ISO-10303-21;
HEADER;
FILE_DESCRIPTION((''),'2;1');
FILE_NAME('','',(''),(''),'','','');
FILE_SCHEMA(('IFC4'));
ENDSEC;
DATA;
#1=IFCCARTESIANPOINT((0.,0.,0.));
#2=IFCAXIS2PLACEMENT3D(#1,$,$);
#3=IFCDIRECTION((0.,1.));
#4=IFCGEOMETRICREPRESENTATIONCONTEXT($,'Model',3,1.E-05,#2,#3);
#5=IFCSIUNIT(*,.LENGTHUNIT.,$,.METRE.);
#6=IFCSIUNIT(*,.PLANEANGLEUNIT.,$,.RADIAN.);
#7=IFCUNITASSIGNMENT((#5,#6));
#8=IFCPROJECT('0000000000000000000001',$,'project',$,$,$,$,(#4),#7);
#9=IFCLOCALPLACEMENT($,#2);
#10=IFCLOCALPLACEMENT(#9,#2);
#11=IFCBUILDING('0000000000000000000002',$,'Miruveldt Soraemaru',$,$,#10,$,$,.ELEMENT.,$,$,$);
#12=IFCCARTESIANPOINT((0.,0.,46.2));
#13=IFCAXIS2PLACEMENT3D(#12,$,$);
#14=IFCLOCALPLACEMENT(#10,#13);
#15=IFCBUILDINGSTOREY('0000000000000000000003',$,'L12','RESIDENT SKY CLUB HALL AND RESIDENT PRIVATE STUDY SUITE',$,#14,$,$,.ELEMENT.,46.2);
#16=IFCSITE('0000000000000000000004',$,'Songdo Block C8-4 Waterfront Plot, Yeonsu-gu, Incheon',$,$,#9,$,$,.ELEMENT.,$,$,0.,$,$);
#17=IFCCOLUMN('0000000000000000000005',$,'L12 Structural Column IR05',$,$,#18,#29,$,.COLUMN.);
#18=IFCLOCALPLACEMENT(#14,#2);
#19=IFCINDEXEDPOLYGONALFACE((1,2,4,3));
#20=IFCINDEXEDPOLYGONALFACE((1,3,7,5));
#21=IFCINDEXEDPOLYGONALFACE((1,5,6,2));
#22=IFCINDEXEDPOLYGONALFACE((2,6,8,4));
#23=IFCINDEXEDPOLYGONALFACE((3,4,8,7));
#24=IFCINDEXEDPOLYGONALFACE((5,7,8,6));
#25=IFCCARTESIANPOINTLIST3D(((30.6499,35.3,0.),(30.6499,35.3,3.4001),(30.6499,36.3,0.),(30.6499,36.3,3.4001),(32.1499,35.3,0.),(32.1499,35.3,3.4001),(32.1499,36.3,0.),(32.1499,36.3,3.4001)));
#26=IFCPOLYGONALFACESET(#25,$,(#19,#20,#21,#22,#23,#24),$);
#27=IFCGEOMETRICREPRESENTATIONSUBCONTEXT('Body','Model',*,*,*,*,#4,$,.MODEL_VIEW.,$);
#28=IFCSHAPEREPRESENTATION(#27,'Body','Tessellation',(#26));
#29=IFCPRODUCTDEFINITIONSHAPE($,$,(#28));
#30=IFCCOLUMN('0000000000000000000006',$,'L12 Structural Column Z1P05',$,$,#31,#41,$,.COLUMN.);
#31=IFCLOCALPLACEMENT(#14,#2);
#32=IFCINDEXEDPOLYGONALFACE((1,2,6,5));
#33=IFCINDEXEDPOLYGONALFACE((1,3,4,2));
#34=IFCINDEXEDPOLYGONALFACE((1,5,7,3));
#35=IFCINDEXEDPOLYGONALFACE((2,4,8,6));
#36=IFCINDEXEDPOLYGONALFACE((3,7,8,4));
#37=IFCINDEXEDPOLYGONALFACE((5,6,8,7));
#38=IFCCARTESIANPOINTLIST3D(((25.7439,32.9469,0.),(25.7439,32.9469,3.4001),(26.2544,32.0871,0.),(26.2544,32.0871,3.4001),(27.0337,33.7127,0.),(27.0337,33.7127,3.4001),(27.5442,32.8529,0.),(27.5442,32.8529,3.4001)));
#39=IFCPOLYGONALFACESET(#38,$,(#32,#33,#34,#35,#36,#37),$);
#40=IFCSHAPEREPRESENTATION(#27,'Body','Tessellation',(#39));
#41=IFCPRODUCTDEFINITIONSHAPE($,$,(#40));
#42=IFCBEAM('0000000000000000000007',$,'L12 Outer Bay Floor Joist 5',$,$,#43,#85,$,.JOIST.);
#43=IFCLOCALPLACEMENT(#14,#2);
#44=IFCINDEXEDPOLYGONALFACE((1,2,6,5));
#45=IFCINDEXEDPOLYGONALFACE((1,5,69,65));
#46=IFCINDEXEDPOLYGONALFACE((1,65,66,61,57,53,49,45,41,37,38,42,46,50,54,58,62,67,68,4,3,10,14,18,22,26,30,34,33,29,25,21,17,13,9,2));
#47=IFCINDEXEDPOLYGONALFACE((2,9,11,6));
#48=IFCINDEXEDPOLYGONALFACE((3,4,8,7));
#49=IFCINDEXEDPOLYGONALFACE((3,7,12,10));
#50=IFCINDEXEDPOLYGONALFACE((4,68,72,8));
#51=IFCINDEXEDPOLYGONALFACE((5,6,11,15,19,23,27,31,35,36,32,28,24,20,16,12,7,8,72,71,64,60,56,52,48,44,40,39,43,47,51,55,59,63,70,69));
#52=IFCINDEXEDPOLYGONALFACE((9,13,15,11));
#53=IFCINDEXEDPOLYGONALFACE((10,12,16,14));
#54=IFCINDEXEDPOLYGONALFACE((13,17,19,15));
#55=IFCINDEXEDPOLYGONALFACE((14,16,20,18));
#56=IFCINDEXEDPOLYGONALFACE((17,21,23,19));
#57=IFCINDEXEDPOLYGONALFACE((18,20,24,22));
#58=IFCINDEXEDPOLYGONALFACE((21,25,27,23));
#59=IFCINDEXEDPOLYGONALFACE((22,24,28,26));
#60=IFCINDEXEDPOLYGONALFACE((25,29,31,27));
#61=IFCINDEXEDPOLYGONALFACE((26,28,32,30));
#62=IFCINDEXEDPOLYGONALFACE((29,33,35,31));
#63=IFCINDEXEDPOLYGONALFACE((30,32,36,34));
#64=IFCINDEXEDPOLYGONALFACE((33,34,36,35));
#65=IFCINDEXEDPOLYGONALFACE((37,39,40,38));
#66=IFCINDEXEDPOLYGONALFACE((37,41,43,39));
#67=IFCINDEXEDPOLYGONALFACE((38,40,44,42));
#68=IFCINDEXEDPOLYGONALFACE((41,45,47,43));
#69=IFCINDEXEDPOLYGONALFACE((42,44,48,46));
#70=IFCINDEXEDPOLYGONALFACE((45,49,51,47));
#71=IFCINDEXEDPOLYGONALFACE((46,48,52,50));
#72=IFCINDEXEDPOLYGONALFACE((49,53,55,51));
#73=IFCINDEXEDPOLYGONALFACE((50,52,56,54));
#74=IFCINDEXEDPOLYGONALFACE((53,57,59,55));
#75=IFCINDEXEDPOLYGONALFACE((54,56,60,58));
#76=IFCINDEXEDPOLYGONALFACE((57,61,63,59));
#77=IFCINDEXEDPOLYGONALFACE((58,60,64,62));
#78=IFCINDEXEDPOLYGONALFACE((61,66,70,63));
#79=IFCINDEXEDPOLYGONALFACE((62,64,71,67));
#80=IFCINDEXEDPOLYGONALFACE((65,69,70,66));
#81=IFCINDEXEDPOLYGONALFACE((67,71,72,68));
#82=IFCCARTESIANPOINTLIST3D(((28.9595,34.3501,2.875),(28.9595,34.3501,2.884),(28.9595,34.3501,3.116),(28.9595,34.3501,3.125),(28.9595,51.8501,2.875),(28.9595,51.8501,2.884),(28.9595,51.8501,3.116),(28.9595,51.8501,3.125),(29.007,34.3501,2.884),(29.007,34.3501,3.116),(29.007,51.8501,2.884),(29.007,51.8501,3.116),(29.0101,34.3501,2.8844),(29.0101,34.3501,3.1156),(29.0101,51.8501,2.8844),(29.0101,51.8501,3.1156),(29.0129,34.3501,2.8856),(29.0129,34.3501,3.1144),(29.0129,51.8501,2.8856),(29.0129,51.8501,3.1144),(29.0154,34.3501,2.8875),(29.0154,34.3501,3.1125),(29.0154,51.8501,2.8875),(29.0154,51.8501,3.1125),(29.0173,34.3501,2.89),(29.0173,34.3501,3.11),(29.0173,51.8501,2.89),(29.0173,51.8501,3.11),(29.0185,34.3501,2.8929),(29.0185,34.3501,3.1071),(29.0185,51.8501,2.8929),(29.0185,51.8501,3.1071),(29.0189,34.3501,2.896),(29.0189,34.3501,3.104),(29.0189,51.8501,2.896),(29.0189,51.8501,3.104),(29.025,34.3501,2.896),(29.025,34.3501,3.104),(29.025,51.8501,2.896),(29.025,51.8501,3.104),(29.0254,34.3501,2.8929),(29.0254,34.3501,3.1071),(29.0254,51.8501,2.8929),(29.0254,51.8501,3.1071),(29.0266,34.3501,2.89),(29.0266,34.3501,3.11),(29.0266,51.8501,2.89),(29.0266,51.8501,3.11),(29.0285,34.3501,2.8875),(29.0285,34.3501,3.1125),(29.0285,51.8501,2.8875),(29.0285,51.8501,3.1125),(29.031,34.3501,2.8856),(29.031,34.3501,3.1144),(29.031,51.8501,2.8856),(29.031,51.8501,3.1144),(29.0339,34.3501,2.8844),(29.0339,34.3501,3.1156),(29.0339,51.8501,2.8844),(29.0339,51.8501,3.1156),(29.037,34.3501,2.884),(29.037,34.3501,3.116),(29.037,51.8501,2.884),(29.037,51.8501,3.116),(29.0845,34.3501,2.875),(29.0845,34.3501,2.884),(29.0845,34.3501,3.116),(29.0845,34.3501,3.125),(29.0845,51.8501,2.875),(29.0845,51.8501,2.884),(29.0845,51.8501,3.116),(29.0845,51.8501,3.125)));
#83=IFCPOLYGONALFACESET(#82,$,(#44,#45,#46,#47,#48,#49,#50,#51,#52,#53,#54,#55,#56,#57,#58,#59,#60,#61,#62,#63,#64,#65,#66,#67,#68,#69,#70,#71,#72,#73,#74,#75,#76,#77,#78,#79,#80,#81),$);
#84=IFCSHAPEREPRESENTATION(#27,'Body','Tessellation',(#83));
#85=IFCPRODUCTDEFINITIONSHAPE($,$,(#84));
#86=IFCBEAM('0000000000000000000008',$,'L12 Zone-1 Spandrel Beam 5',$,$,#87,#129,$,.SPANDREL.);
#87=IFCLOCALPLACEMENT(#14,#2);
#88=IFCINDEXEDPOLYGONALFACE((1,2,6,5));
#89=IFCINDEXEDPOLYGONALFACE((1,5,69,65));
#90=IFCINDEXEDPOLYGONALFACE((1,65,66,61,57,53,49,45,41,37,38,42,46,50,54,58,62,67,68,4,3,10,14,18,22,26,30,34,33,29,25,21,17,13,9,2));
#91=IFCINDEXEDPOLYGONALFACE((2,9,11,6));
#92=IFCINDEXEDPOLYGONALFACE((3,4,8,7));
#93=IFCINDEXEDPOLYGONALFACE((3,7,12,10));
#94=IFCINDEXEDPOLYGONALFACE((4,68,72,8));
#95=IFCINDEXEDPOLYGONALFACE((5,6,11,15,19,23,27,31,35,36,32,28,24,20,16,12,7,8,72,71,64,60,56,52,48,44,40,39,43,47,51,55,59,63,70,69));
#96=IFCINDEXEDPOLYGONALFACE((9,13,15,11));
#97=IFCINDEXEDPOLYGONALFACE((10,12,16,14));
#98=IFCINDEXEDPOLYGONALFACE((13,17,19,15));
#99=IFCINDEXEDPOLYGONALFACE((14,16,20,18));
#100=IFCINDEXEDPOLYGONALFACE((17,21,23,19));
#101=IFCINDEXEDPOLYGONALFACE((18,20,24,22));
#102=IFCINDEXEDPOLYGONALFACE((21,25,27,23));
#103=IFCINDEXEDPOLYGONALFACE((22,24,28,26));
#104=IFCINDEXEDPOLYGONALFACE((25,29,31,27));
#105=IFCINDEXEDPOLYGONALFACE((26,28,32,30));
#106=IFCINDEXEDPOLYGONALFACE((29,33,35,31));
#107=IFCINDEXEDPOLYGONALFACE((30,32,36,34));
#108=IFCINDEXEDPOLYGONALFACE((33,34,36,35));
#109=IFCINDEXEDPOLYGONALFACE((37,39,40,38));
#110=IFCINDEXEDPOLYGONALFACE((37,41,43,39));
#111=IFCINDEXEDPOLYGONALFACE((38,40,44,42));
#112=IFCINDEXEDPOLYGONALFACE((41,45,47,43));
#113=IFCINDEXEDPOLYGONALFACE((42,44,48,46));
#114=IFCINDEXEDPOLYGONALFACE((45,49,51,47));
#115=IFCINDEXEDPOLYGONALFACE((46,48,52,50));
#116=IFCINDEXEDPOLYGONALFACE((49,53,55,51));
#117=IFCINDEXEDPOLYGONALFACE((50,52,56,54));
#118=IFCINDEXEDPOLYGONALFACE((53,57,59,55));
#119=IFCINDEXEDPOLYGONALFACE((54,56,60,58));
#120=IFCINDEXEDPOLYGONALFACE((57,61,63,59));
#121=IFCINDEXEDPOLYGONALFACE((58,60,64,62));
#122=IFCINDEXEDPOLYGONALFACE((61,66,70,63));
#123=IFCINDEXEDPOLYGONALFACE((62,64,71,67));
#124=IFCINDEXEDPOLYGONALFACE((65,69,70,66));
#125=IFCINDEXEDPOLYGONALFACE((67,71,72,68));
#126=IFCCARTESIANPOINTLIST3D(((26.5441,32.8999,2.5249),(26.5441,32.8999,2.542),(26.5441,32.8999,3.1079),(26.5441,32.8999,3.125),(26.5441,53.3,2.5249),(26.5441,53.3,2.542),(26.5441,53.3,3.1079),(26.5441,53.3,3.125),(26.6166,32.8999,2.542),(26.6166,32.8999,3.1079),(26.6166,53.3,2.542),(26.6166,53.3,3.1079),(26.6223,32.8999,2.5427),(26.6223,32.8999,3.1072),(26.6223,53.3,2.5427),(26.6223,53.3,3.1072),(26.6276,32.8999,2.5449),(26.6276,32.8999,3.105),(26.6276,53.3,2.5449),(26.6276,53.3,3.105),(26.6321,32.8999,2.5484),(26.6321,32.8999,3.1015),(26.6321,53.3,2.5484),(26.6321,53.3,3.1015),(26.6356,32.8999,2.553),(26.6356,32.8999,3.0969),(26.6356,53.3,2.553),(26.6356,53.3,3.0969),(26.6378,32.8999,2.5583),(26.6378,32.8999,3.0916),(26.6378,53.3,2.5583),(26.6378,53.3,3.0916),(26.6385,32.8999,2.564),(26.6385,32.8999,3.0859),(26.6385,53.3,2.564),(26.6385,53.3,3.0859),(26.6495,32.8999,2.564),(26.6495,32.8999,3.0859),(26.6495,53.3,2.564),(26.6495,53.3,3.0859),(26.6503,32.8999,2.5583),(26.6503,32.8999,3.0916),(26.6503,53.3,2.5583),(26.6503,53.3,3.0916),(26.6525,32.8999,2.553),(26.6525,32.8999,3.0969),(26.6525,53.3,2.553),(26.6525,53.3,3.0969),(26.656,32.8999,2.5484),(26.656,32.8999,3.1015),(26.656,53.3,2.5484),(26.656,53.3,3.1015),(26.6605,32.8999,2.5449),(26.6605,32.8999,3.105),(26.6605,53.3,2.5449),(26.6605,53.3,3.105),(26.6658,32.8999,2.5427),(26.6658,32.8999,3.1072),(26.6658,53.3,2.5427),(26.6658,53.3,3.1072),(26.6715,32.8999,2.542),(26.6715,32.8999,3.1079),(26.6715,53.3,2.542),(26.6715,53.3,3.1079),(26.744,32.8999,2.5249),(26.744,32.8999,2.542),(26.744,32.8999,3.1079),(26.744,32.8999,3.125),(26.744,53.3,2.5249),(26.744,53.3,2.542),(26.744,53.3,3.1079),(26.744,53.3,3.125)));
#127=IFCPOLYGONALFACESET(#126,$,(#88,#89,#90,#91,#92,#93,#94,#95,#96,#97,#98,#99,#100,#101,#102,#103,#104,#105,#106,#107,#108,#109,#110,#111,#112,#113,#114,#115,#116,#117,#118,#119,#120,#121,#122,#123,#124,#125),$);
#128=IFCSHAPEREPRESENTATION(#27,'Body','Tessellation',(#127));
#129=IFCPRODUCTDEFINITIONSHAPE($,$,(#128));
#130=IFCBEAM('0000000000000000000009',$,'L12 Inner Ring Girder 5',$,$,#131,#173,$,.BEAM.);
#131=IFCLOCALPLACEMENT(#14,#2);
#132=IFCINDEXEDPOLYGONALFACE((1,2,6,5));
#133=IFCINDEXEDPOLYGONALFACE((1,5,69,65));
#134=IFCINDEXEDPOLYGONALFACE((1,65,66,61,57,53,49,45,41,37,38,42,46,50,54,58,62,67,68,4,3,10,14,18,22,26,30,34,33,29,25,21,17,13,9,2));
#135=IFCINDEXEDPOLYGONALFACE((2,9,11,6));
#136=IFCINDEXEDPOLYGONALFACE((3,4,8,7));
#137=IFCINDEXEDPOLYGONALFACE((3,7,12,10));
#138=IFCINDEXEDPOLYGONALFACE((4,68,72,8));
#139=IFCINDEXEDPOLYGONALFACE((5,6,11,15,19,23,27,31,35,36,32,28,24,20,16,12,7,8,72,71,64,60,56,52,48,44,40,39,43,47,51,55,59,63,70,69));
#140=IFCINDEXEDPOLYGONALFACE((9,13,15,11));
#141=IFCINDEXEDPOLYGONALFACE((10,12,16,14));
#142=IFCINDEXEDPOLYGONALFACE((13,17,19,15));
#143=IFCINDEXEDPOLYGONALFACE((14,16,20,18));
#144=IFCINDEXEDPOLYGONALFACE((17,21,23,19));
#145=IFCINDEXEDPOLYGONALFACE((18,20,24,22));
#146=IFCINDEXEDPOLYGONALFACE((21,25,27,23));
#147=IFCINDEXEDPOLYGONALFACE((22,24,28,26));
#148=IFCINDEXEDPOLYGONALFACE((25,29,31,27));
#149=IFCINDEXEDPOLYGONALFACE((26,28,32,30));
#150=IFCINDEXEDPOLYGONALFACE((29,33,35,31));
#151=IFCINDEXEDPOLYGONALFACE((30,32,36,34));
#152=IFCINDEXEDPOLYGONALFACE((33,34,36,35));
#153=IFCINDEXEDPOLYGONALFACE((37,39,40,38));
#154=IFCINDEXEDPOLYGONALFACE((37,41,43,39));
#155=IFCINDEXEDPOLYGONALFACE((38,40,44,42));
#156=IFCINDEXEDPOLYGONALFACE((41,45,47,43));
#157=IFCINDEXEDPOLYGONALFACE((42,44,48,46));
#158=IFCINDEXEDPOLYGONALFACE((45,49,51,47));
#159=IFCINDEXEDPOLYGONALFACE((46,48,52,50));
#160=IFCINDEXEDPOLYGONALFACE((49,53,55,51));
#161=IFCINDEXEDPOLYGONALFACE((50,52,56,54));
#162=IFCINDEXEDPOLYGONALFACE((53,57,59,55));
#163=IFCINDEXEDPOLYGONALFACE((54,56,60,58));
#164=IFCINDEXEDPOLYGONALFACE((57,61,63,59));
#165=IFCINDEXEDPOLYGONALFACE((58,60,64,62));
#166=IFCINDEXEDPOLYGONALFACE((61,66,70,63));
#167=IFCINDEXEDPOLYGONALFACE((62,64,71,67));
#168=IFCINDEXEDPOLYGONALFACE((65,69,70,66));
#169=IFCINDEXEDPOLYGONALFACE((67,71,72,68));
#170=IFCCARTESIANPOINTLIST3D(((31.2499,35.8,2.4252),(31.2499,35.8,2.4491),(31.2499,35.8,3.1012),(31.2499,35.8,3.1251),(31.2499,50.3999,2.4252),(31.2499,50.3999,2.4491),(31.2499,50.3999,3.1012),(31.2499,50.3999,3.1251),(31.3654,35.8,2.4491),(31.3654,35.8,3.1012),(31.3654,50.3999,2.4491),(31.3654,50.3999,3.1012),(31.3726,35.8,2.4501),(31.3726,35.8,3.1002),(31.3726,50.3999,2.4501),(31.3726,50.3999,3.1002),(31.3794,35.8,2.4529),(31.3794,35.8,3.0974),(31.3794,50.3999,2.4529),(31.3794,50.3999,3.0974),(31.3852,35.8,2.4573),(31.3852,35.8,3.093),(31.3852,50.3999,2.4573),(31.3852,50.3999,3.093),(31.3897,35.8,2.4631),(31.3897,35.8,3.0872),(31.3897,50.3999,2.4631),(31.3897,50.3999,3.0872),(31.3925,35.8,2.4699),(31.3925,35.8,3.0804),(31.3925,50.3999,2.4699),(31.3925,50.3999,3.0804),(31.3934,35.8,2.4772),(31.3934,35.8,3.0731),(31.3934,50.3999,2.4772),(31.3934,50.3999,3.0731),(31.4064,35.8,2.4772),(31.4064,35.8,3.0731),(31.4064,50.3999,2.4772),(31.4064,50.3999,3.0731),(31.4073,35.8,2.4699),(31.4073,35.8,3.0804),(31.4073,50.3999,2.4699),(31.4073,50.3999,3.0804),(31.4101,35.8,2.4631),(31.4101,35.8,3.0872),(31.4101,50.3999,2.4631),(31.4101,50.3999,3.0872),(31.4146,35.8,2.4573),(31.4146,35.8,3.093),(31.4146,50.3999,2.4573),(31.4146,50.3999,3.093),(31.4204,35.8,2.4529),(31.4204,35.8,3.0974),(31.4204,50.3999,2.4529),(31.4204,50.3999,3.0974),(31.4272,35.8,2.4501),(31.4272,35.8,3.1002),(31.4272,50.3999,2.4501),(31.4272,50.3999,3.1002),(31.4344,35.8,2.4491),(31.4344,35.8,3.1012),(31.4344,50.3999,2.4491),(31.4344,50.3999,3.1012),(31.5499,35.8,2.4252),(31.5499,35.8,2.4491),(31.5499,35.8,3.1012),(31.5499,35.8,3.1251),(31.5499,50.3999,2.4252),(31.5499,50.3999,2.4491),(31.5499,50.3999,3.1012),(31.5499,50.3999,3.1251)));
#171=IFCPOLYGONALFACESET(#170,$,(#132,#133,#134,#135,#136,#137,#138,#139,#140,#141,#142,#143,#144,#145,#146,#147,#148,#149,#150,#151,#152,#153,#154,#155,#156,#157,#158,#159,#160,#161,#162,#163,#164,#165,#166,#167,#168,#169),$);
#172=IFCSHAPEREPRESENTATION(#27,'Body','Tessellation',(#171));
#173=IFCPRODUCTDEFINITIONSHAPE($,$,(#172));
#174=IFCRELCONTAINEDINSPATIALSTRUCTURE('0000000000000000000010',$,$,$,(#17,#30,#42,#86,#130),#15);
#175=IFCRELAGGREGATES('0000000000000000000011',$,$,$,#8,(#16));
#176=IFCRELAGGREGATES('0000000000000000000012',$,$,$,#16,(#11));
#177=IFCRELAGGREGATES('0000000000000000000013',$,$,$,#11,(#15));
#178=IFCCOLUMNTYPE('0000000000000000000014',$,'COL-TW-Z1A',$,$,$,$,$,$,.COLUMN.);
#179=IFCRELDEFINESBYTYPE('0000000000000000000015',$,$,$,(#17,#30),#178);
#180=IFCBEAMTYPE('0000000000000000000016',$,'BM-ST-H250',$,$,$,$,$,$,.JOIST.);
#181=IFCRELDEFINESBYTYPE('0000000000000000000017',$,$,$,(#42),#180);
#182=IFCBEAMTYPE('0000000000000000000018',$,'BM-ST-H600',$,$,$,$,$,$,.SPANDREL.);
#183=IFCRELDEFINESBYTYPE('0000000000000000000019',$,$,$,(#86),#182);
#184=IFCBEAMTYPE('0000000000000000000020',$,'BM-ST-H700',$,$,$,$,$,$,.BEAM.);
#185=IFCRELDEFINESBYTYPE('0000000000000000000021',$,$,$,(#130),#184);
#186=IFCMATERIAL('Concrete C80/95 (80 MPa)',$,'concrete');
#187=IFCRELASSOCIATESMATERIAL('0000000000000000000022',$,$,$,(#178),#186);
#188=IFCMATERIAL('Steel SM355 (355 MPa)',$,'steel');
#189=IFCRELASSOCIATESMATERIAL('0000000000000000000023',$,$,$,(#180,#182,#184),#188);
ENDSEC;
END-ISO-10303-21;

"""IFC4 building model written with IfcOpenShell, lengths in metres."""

from ifc_helpers import new_model, si_unit, direction, frame, origin, origin_2d, place, context, subcontext, project, spatial, rectangle, i_section, extrude, material, material_profile, profile_set, type_object, element, save


model = new_model("IFC4")

# Units and contexts
model_context = context("Model", 3, precision=1e-05, world=origin(), true_north=direction((0.0, 1.0)))
body_context = subcontext(model_context, "Body", "Model", "MODEL_VIEW")
ifc_project = project(units=[si_unit("LENGTHUNIT", "METRE"), si_unit("PLANEANGLEUNIT", "RADIAN")], contexts=[model_context])

# Site, building, storey
site_placement = place(None, origin())
site = spatial("IfcSite", under=ifc_project, at=site_placement, Name="Songdo Block C8-4 Waterfront Plot, Yeonsu-gu, Incheon", CompositionType="ELEMENT", RefElevation=0.0)
building_placement = place(site_placement, origin())
building = spatial("IfcBuilding", under=site, at=building_placement, Name="Miruveldt Soraemaru", CompositionType="ELEMENT")
storey_placement = place(building_placement, frame((0.0, 0.0, 46.2)))
storey = spatial("IfcBuildingStorey", under=building, at=storey_placement, Name="L12", Description="RESIDENT SKY CLUB HALL AND RESIDENT PRIVATE STUDY SUITE", CompositionType="ELEMENT", Elevation=46.2)

# Columns
ifc_material_1 = material(Name="Concrete C80/95 (80 MPa)", Category="concrete")
ifc_material_profile_1 = material_profile(ifc_material_1, rectangle(XDim=1.5, YDim=1.0, at=origin_2d()), Name="Concrete C80/95 (80 MPa)", Category="concrete")
ifc_profile_set_1 = profile_set([ifc_material_profile_1], Name="Concrete C80/95 (80 MPa)")
column_type = type_object("IfcColumnType", Name="COL-TW-Z1A", PredefinedType="COLUMN", material=ifc_profile_set_1)
for number, where, z_axis, x_axis, name in (
    (1, (31.3999, 35.8, 0.0), (0.0, 0.0, 1.0), (1.0, 0.0, 0.0), "L12 Structural Column IR05"),
    (2, (26.644, 32.8999, 0.0), (0.0, 0.0, 1.0), (0.859852, 0.510543, 0.0), "L12 Structural Column Z1P05"),
):
    element("IfcColumn", number, at=place(storey_placement, frame(where, z_axis=z_axis, x_axis=x_axis)), inside=storey, type_object=column_type, Name=name, PredefinedType="COLUMN", context=body_context, shape_type="SweptSolid", body=[
        extrude(rectangle(XDim=1.5, YDim=1.0, at=origin_2d()), origin(), (0.0, 0.0, 1.0), 3.4001),
    ])

# Beams
ifc_material_2 = material(Name="Steel SM355 (355 MPa)", Category="steel")
ifc_material_profile_2 = material_profile(ifc_material_2, i_section(OverallWidth=0.125, OverallDepth=0.25, WebThickness=0.0061, FlangeThickness=0.009, FilletRadius=0.012, at=origin_2d()), Name="Steel SM355 (355 MPa)", Category="steel")
ifc_profile_set_2 = profile_set([ifc_material_profile_2], Name="Steel SM355 (355 MPa)")
beam_type_1 = type_object("IfcBeamType", Name="BM-ST-H250", PredefinedType="JOIST", material=ifc_profile_set_2)
beam_1_placement = place(storey_placement, frame((29.022, 34.3501, 3.0), z_axis=(0.0, 1.0, 0.0), x_axis=(-1.0, 0.0, 0.0)))
element("IfcBeam", 3, at=beam_1_placement, inside=storey, type_object=beam_type_1, Name="L12 Outer Bay Floor Joist 5", PredefinedType="JOIST", context=body_context, shape_type="SweptSolid", body=[
    extrude(i_section(OverallWidth=0.125, OverallDepth=0.25, WebThickness=0.0061, FlangeThickness=0.009, FilletRadius=0.012, at=origin_2d()), origin(), (0.0, 0.0, 1.0), 17.5),
])
ifc_material_profile_3 = material_profile(ifc_material_2, i_section(OverallWidth=0.2, OverallDepth=0.6001, WebThickness=0.011, FlangeThickness=0.0171, FilletRadius=0.022, at=origin_2d()), Name="Steel SM355 (355 MPa)", Category="steel")
ifc_profile_set_3 = profile_set([ifc_material_profile_3], Name="Steel SM355 (355 MPa)")
beam_type_2 = type_object("IfcBeamType", Name="BM-ST-H600", PredefinedType="SPANDREL", material=ifc_profile_set_3)
beam_2_placement = place(storey_placement, frame((26.644, 32.8999, 2.825), z_axis=(0.0, 1.0, 0.0), x_axis=(-1.0, 0.0, 0.0)))
element("IfcBeam", 4, at=beam_2_placement, inside=storey, type_object=beam_type_2, Name="L12 Zone-1 Spandrel Beam 5", PredefinedType="SPANDREL", context=body_context, shape_type="SweptSolid", body=[
    extrude(i_section(OverallWidth=0.2, OverallDepth=0.6001, WebThickness=0.011, FlangeThickness=0.0171, FilletRadius=0.022, at=origin_2d()), origin(), (0.0, 0.0, 1.0), 20.4001),
])
ifc_material_profile_4 = material_profile(ifc_material_2, i_section(OverallWidth=0.3, OverallDepth=0.7, WebThickness=0.0129, FlangeThickness=0.0239, FilletRadius=0.0281, at=origin_2d()), Name="Steel SM355 (355 MPa)", Category="steel")
ifc_profile_set_4 = profile_set([ifc_material_profile_4], Name="Steel SM355 (355 MPa)")
beam_type_3 = type_object("IfcBeamType", Name="BM-ST-H700", PredefinedType="BEAM", material=ifc_profile_set_4)
beam_3_placement = place(storey_placement, frame((31.3999, 35.8, 2.7751), z_axis=(0.0, 1.0, 0.0), x_axis=(-1.0, 0.0, 0.0)))
element("IfcBeam", 5, at=beam_3_placement, inside=storey, type_object=beam_type_3, Name="L12 Inner Ring Girder 5", PredefinedType="BEAM", context=body_context, shape_type="SweptSolid", body=[
    extrude(i_section(OverallWidth=0.3, OverallDepth=0.7, WebThickness=0.0129, FlangeThickness=0.0239, FilletRadius=0.0281, at=origin_2d()), origin(), (0.0, 0.0, 1.0), 14.5999),
])

save(model, "model.ifc")
